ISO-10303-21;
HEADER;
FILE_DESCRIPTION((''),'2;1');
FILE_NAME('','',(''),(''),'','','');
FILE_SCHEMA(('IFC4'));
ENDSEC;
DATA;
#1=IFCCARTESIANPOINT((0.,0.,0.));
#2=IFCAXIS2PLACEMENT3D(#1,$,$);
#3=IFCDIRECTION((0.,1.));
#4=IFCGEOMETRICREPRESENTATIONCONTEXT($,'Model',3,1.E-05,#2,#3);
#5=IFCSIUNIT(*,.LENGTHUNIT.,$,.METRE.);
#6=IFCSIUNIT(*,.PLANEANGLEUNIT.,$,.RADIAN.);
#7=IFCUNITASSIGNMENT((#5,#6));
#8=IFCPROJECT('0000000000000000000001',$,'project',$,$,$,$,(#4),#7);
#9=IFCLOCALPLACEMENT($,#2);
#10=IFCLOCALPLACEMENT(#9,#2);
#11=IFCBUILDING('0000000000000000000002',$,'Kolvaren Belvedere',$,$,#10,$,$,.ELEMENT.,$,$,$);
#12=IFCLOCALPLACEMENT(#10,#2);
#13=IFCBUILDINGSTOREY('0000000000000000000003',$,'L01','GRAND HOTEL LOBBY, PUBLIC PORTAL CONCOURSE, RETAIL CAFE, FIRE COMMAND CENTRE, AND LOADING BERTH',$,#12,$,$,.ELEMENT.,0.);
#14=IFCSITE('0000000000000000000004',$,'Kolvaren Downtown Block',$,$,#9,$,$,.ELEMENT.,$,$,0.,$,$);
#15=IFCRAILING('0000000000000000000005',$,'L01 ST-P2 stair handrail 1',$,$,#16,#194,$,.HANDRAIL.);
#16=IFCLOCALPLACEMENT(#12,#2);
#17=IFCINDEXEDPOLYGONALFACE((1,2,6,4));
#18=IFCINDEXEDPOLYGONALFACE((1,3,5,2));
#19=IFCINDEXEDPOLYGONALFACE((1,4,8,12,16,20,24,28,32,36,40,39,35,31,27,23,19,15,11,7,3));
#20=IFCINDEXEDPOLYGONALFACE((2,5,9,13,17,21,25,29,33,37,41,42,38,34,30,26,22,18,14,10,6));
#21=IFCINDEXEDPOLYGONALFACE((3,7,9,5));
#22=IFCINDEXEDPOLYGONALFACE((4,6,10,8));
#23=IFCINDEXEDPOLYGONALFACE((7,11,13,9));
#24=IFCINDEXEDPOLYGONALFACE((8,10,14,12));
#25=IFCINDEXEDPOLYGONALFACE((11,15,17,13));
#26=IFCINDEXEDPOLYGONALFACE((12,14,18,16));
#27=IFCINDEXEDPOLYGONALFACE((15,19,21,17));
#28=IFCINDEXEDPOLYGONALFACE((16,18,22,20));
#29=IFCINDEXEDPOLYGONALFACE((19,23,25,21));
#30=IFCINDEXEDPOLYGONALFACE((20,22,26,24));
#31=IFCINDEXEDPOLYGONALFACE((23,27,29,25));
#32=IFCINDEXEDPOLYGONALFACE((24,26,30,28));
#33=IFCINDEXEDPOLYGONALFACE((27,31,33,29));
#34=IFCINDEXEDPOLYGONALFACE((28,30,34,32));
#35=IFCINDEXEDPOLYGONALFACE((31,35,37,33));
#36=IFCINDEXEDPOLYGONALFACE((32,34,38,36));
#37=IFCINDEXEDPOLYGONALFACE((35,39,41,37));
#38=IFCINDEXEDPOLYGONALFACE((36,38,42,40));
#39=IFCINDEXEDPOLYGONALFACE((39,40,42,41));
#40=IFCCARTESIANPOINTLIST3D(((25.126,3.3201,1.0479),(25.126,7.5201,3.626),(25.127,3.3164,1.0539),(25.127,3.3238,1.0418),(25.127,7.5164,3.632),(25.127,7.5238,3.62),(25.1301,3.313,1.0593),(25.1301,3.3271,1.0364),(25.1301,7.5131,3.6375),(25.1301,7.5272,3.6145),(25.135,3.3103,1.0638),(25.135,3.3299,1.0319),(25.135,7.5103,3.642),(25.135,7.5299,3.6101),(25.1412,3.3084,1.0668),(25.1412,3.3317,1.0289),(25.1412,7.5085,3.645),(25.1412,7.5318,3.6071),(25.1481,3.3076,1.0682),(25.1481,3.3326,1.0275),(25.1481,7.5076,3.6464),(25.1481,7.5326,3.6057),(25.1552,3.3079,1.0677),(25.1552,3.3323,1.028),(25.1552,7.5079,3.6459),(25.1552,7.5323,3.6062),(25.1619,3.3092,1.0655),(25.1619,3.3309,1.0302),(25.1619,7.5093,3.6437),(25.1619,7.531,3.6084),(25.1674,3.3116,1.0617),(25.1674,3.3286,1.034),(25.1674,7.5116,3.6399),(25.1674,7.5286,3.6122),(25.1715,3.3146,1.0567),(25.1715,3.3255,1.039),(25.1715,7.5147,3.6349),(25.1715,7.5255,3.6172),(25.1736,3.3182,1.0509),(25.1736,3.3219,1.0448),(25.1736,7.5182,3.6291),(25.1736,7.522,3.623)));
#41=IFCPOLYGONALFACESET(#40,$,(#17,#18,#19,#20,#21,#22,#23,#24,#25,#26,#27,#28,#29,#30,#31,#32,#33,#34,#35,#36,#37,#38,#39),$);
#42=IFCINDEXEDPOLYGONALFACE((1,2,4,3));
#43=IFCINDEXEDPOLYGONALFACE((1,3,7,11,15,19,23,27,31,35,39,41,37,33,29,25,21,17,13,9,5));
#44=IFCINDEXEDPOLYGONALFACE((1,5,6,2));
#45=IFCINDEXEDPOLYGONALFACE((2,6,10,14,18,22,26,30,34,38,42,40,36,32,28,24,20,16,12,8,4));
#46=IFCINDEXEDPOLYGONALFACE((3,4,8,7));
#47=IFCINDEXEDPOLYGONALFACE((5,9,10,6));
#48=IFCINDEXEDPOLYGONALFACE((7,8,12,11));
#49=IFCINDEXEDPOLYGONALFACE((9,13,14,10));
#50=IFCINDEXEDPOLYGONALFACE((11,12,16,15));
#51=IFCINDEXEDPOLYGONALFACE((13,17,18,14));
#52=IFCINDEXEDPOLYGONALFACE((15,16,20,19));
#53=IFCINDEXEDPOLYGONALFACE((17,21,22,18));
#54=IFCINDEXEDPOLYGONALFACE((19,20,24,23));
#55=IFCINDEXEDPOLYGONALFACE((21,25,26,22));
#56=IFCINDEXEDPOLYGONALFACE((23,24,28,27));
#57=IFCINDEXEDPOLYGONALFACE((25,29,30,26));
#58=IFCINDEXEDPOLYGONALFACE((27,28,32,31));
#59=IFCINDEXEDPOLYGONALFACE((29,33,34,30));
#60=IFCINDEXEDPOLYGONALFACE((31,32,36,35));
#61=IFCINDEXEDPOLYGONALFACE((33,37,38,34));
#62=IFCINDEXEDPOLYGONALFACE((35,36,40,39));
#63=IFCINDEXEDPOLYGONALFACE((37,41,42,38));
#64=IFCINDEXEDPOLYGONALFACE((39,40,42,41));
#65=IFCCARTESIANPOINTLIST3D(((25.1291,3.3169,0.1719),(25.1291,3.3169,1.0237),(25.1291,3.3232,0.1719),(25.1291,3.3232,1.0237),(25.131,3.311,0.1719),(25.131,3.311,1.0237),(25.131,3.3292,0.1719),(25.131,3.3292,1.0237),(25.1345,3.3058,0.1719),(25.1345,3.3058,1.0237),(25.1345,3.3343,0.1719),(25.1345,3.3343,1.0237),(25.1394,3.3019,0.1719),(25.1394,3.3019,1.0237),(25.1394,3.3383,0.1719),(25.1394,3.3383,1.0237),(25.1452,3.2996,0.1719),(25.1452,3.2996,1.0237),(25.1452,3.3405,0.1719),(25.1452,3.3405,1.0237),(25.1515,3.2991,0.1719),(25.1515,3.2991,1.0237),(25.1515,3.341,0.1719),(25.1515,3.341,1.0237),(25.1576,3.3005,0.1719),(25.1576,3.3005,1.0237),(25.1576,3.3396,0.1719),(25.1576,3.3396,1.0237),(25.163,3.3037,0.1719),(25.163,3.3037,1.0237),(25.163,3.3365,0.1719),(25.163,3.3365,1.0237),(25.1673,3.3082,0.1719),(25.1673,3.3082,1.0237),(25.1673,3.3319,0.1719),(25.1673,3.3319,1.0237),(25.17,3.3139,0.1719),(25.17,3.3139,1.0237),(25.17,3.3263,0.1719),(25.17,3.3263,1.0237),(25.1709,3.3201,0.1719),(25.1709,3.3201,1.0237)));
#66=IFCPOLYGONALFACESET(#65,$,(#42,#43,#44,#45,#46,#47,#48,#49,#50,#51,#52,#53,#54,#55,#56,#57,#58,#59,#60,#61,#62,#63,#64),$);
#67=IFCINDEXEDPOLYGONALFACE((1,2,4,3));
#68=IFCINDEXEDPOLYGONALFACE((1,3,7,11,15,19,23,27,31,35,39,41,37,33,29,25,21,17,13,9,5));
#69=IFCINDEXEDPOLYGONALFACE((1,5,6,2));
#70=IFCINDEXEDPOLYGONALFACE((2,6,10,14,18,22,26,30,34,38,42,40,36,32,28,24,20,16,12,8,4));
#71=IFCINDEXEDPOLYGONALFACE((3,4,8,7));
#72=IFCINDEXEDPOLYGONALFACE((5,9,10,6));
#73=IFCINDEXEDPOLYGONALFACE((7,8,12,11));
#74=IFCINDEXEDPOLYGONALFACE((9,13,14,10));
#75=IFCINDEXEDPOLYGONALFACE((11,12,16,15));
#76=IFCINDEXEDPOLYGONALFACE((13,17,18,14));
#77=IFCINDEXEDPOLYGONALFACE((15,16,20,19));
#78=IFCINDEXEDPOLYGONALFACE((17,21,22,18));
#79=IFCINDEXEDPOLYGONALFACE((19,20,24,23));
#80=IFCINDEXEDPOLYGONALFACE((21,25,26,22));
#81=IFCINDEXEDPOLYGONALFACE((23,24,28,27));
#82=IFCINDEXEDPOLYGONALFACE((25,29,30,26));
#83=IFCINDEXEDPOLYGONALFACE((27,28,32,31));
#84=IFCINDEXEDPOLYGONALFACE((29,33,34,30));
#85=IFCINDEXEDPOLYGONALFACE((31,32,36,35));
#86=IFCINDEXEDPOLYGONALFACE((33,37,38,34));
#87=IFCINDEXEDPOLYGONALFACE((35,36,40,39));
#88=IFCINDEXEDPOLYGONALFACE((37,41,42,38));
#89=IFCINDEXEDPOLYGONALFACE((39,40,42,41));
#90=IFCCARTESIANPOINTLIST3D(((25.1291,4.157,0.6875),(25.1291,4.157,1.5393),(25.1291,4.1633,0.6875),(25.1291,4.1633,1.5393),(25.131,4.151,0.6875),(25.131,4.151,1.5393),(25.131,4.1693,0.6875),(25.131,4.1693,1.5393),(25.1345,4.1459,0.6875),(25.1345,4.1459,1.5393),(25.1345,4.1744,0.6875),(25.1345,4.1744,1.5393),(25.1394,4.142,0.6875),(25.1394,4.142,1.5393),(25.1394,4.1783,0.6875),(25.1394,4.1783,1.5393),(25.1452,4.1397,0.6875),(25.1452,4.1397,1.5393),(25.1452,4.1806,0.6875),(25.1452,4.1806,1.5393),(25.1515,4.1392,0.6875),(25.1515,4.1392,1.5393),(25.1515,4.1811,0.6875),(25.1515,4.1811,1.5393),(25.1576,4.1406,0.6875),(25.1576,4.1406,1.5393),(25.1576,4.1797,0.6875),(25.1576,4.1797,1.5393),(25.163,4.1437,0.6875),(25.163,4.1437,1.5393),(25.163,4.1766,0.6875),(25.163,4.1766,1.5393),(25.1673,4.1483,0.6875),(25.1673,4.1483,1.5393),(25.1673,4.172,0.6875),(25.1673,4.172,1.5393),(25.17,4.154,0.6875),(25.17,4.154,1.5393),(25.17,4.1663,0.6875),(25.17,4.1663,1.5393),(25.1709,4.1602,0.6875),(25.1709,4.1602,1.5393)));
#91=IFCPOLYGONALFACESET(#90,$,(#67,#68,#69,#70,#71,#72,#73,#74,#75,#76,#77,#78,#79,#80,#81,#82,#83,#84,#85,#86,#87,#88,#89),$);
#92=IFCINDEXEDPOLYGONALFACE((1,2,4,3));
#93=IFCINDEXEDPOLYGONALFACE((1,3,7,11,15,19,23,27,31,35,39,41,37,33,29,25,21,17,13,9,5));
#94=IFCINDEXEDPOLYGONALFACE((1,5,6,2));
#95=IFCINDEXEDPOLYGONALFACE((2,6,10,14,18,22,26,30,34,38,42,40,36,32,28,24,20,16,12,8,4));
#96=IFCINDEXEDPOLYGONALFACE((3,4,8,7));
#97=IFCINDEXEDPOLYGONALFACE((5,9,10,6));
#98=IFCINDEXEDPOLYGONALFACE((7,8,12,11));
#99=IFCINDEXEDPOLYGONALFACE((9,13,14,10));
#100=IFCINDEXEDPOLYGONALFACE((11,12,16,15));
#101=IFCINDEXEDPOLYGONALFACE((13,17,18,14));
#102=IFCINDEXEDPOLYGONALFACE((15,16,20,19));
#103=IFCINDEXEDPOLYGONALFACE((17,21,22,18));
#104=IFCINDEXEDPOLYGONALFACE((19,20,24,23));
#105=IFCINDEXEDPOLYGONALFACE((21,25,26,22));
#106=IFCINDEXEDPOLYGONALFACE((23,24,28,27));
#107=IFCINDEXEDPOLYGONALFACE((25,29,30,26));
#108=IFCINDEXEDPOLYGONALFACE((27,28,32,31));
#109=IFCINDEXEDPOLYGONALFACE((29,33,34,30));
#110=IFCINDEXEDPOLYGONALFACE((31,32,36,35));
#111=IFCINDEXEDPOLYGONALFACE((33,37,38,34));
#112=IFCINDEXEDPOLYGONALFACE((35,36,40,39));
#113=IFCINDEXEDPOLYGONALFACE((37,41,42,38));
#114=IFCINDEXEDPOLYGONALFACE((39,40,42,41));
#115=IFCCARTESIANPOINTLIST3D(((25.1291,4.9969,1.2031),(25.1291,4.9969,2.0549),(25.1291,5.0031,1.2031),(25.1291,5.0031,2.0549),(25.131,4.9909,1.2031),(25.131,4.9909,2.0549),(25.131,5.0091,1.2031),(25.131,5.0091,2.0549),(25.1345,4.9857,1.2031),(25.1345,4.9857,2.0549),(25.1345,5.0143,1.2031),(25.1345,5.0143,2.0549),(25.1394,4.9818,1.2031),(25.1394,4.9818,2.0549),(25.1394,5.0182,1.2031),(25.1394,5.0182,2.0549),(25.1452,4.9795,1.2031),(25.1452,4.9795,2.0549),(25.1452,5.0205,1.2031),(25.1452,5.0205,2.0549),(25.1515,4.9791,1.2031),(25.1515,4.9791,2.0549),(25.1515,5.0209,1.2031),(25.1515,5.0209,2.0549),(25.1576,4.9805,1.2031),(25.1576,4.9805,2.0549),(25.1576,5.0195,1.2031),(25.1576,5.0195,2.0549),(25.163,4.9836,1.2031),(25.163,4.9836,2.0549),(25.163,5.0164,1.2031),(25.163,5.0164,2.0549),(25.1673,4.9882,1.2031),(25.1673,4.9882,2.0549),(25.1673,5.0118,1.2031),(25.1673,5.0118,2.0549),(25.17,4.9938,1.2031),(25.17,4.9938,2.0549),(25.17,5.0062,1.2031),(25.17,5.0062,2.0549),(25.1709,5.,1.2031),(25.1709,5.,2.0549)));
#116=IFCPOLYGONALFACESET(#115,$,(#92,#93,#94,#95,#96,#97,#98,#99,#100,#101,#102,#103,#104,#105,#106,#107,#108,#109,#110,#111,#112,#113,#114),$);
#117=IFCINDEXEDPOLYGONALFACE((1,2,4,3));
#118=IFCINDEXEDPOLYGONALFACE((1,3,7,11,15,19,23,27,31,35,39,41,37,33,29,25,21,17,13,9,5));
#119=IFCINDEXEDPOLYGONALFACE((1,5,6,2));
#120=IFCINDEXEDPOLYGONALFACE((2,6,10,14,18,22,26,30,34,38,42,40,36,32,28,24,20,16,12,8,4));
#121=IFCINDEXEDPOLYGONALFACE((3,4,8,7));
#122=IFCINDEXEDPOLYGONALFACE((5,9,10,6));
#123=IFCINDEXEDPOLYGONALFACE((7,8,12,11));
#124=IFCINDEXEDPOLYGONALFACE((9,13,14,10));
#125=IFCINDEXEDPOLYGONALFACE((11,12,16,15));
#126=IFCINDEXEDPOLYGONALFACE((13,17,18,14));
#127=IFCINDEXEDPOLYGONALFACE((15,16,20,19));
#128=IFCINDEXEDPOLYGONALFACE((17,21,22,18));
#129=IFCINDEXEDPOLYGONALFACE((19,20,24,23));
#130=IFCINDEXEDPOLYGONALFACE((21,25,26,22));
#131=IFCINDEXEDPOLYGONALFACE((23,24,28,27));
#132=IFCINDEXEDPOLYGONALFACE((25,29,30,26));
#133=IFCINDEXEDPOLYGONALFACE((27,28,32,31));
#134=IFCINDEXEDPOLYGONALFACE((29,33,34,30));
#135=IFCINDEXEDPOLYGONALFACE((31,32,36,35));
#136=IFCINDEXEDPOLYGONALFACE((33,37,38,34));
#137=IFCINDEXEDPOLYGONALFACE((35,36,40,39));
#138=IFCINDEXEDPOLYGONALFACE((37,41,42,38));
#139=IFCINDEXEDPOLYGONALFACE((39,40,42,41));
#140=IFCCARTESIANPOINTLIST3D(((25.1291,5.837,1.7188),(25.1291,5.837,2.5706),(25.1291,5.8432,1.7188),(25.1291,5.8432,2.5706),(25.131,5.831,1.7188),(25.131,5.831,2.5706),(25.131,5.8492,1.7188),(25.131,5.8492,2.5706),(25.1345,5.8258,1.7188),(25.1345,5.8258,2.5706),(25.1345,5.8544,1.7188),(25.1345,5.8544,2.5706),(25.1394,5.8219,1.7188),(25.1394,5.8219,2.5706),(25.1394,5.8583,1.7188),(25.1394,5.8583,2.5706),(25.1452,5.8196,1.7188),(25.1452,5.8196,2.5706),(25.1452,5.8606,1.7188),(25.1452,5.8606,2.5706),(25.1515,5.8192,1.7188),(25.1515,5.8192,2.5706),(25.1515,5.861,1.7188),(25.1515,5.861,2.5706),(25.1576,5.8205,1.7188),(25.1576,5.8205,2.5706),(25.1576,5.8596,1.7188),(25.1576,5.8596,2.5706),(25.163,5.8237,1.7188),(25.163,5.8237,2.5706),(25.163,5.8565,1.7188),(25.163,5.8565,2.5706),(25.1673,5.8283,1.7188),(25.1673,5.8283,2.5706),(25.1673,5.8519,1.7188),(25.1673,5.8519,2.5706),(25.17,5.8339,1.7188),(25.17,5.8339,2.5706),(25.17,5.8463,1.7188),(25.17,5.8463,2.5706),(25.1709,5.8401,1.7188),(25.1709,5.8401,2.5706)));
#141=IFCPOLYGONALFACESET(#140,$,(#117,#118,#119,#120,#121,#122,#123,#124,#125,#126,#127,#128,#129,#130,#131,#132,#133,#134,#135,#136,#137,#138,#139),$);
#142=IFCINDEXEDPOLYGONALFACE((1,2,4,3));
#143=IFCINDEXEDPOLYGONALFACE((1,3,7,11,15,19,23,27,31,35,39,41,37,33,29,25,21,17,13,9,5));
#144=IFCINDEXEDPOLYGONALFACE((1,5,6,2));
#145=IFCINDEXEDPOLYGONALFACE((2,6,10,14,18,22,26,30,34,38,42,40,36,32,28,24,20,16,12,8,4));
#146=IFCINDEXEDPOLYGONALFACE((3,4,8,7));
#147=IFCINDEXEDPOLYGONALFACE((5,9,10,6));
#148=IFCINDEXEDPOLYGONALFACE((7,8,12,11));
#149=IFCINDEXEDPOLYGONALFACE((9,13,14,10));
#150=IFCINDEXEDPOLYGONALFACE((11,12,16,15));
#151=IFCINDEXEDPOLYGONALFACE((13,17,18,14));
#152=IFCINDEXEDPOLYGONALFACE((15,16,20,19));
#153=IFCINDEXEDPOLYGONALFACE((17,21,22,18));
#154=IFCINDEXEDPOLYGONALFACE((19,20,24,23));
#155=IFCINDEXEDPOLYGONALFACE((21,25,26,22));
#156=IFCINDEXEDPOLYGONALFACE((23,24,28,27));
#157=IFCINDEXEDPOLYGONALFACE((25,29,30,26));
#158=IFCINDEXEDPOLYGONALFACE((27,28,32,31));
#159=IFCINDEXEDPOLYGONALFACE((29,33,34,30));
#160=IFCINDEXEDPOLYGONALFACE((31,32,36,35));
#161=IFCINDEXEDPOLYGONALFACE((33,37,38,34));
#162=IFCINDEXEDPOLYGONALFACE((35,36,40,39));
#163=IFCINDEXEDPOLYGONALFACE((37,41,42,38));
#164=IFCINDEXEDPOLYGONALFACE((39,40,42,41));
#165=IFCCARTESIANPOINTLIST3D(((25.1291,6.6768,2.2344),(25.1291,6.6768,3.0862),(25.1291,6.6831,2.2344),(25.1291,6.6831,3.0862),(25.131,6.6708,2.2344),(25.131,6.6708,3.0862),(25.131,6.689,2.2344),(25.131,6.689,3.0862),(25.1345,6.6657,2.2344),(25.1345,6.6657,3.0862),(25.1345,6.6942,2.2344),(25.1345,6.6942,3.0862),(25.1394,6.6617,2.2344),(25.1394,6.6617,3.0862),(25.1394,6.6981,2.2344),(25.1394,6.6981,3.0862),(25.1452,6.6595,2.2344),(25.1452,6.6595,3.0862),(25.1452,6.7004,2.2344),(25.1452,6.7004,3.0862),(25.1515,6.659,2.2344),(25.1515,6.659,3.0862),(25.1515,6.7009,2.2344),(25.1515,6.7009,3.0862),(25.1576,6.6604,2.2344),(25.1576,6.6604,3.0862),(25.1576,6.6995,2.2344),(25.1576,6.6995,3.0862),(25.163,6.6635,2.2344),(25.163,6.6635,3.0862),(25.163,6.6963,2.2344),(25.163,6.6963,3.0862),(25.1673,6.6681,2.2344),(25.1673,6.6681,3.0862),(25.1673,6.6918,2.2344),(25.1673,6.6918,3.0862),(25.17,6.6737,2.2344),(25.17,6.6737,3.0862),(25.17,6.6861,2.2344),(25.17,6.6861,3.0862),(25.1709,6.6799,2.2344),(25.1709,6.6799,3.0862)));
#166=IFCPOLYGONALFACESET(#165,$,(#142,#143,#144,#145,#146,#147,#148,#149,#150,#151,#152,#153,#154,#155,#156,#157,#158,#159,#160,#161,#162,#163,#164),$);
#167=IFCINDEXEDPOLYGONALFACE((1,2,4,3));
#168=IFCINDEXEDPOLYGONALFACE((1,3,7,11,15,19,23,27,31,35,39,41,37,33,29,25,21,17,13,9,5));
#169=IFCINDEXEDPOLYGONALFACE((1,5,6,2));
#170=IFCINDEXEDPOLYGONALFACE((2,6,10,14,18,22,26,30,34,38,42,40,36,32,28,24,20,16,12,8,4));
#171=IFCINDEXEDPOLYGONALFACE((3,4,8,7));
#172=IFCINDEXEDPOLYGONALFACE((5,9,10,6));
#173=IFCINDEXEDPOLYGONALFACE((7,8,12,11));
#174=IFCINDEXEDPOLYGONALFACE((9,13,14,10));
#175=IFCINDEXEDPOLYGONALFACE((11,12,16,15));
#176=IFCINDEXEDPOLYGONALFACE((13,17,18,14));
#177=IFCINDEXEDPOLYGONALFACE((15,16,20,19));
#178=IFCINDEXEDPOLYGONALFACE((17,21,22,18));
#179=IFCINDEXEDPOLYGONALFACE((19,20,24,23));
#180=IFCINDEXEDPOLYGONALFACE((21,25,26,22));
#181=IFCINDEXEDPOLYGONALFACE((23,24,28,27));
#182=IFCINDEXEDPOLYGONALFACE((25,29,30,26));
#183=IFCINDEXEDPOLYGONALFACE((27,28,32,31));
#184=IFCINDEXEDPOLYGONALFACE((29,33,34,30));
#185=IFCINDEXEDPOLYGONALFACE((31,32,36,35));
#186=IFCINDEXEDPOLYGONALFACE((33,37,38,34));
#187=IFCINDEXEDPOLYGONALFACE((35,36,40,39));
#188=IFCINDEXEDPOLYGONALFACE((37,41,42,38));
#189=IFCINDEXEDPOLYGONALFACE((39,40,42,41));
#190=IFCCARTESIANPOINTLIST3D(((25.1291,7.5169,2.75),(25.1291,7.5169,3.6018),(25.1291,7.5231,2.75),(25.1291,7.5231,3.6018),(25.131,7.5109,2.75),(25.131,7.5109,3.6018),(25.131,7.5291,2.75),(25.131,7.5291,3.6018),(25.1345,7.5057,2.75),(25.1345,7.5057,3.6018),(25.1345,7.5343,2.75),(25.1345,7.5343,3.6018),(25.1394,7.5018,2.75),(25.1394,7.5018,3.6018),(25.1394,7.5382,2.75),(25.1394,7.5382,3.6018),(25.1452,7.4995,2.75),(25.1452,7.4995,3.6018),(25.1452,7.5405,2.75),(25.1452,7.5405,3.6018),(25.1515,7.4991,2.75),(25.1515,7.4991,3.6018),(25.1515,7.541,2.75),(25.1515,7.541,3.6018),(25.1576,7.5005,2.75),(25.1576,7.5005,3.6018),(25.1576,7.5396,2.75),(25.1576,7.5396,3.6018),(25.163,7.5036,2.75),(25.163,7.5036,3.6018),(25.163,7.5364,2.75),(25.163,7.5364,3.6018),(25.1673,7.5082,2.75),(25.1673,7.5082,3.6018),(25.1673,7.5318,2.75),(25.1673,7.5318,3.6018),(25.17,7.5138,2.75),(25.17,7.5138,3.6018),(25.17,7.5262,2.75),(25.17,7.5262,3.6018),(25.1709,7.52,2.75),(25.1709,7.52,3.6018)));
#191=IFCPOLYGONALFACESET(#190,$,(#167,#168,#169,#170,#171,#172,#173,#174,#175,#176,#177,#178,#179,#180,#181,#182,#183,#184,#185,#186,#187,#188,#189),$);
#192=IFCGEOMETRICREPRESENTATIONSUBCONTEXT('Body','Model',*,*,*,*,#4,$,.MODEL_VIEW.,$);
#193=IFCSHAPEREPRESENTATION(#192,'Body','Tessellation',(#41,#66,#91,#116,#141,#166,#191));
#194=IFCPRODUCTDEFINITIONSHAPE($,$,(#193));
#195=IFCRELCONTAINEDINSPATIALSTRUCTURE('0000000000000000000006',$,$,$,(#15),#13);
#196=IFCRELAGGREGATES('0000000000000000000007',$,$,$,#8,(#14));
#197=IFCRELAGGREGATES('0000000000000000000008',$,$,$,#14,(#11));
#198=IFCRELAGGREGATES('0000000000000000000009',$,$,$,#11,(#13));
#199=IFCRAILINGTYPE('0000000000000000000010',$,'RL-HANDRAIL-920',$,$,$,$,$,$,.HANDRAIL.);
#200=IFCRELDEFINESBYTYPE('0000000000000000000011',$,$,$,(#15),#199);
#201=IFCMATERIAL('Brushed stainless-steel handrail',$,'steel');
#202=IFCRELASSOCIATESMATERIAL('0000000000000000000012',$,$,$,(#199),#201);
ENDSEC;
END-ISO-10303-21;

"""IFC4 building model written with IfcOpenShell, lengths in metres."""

from ifc_helpers import new_model, si_unit, direction, frame, origin, origin_2d, place, context, subcontext, project, spatial, circle, extrude, material, type_object, element, save


model = new_model("IFC4")

# Units and contexts
model_context = context("Model", 3, precision=1e-05, world=origin(), true_north=direction((0.0, 1.0)))
body_context = subcontext(model_context, "Body", "Model", "MODEL_VIEW")
ifc_project = project(units=[si_unit("LENGTHUNIT", "METRE"), si_unit("PLANEANGLEUNIT", "RADIAN")], contexts=[model_context])

# Site, building, storey
site_placement = place(None, origin())
site = spatial("IfcSite", under=ifc_project, at=site_placement, Name="Kolvaren Downtown Block", CompositionType="ELEMENT", RefElevation=0.0)
building_placement = place(site_placement, origin())
building = spatial("IfcBuilding", under=site, at=building_placement, Name="Kolvaren Belvedere", CompositionType="ELEMENT")
storey_placement = place(building_placement, origin())
storey = spatial("IfcBuildingStorey", under=building, at=storey_placement, Name="L01", Description="GRAND HOTEL LOBBY, PUBLIC PORTAL CONCOURSE, RETAIL CAFE, FIRE COMMAND CENTRE, AND LOADING BERTH", CompositionType="ELEMENT", Elevation=0.0)

# Railing
ifc_material_1 = material(Name="Brushed stainless-steel handrail", Category="steel")
railing_type_1 = type_object("IfcRailingType", Name="RL-HANDRAIL-920", PredefinedType="HANDRAIL", material=ifc_material_1)
railing_1_placement = place(storey_placement, frame((25.1499, 3.3201, 0.1719)))
element("IfcRailing", 1, at=railing_1_placement, inside=storey, type_object=railing_type_1, Name="L01 ST-P2 stair handrail 1", PredefinedType="HANDRAIL", context=body_context, shape_type="SweptSolid", body=[
    extrude(circle(Radius=0.0239, at=origin_2d()), frame((0.0, 0.0, 0.876), z_axis=(0.0, 0.852243, 0.523146), x_axis=(-1.0, 0.0, 0.0)), (0.0, 0.0, 1.0), 4.9282),
    extrude(circle(Radius=0.021, at=origin_2d()), origin(), (0.0, 0.0, 1.0), 0.8518),
    extrude(circle(Radius=0.021, at=origin_2d()), frame((0.0, 0.8401, 0.5156)), (0.0, 0.0, 1.0), 0.8518),
    extrude(circle(Radius=0.021, at=origin_2d()), frame((0.0, 1.6799, 1.0312)), (0.0, 0.0, 1.0), 0.8518),
    extrude(circle(Radius=0.021, at=origin_2d()), frame((0.0, 2.52, 1.5469)), (0.0, 0.0, 1.0), 0.8518),
    extrude(circle(Radius=0.021, at=origin_2d()), frame((0.0, 3.3599, 2.0625)), (0.0, 0.0, 1.0), 0.8518),
    extrude(circle(Radius=0.021, at=origin_2d()), frame((0.0, 4.2, 2.5781)), (0.0, 0.0, 1.0), 0.8518),
])

save(model, "model.ifc")
